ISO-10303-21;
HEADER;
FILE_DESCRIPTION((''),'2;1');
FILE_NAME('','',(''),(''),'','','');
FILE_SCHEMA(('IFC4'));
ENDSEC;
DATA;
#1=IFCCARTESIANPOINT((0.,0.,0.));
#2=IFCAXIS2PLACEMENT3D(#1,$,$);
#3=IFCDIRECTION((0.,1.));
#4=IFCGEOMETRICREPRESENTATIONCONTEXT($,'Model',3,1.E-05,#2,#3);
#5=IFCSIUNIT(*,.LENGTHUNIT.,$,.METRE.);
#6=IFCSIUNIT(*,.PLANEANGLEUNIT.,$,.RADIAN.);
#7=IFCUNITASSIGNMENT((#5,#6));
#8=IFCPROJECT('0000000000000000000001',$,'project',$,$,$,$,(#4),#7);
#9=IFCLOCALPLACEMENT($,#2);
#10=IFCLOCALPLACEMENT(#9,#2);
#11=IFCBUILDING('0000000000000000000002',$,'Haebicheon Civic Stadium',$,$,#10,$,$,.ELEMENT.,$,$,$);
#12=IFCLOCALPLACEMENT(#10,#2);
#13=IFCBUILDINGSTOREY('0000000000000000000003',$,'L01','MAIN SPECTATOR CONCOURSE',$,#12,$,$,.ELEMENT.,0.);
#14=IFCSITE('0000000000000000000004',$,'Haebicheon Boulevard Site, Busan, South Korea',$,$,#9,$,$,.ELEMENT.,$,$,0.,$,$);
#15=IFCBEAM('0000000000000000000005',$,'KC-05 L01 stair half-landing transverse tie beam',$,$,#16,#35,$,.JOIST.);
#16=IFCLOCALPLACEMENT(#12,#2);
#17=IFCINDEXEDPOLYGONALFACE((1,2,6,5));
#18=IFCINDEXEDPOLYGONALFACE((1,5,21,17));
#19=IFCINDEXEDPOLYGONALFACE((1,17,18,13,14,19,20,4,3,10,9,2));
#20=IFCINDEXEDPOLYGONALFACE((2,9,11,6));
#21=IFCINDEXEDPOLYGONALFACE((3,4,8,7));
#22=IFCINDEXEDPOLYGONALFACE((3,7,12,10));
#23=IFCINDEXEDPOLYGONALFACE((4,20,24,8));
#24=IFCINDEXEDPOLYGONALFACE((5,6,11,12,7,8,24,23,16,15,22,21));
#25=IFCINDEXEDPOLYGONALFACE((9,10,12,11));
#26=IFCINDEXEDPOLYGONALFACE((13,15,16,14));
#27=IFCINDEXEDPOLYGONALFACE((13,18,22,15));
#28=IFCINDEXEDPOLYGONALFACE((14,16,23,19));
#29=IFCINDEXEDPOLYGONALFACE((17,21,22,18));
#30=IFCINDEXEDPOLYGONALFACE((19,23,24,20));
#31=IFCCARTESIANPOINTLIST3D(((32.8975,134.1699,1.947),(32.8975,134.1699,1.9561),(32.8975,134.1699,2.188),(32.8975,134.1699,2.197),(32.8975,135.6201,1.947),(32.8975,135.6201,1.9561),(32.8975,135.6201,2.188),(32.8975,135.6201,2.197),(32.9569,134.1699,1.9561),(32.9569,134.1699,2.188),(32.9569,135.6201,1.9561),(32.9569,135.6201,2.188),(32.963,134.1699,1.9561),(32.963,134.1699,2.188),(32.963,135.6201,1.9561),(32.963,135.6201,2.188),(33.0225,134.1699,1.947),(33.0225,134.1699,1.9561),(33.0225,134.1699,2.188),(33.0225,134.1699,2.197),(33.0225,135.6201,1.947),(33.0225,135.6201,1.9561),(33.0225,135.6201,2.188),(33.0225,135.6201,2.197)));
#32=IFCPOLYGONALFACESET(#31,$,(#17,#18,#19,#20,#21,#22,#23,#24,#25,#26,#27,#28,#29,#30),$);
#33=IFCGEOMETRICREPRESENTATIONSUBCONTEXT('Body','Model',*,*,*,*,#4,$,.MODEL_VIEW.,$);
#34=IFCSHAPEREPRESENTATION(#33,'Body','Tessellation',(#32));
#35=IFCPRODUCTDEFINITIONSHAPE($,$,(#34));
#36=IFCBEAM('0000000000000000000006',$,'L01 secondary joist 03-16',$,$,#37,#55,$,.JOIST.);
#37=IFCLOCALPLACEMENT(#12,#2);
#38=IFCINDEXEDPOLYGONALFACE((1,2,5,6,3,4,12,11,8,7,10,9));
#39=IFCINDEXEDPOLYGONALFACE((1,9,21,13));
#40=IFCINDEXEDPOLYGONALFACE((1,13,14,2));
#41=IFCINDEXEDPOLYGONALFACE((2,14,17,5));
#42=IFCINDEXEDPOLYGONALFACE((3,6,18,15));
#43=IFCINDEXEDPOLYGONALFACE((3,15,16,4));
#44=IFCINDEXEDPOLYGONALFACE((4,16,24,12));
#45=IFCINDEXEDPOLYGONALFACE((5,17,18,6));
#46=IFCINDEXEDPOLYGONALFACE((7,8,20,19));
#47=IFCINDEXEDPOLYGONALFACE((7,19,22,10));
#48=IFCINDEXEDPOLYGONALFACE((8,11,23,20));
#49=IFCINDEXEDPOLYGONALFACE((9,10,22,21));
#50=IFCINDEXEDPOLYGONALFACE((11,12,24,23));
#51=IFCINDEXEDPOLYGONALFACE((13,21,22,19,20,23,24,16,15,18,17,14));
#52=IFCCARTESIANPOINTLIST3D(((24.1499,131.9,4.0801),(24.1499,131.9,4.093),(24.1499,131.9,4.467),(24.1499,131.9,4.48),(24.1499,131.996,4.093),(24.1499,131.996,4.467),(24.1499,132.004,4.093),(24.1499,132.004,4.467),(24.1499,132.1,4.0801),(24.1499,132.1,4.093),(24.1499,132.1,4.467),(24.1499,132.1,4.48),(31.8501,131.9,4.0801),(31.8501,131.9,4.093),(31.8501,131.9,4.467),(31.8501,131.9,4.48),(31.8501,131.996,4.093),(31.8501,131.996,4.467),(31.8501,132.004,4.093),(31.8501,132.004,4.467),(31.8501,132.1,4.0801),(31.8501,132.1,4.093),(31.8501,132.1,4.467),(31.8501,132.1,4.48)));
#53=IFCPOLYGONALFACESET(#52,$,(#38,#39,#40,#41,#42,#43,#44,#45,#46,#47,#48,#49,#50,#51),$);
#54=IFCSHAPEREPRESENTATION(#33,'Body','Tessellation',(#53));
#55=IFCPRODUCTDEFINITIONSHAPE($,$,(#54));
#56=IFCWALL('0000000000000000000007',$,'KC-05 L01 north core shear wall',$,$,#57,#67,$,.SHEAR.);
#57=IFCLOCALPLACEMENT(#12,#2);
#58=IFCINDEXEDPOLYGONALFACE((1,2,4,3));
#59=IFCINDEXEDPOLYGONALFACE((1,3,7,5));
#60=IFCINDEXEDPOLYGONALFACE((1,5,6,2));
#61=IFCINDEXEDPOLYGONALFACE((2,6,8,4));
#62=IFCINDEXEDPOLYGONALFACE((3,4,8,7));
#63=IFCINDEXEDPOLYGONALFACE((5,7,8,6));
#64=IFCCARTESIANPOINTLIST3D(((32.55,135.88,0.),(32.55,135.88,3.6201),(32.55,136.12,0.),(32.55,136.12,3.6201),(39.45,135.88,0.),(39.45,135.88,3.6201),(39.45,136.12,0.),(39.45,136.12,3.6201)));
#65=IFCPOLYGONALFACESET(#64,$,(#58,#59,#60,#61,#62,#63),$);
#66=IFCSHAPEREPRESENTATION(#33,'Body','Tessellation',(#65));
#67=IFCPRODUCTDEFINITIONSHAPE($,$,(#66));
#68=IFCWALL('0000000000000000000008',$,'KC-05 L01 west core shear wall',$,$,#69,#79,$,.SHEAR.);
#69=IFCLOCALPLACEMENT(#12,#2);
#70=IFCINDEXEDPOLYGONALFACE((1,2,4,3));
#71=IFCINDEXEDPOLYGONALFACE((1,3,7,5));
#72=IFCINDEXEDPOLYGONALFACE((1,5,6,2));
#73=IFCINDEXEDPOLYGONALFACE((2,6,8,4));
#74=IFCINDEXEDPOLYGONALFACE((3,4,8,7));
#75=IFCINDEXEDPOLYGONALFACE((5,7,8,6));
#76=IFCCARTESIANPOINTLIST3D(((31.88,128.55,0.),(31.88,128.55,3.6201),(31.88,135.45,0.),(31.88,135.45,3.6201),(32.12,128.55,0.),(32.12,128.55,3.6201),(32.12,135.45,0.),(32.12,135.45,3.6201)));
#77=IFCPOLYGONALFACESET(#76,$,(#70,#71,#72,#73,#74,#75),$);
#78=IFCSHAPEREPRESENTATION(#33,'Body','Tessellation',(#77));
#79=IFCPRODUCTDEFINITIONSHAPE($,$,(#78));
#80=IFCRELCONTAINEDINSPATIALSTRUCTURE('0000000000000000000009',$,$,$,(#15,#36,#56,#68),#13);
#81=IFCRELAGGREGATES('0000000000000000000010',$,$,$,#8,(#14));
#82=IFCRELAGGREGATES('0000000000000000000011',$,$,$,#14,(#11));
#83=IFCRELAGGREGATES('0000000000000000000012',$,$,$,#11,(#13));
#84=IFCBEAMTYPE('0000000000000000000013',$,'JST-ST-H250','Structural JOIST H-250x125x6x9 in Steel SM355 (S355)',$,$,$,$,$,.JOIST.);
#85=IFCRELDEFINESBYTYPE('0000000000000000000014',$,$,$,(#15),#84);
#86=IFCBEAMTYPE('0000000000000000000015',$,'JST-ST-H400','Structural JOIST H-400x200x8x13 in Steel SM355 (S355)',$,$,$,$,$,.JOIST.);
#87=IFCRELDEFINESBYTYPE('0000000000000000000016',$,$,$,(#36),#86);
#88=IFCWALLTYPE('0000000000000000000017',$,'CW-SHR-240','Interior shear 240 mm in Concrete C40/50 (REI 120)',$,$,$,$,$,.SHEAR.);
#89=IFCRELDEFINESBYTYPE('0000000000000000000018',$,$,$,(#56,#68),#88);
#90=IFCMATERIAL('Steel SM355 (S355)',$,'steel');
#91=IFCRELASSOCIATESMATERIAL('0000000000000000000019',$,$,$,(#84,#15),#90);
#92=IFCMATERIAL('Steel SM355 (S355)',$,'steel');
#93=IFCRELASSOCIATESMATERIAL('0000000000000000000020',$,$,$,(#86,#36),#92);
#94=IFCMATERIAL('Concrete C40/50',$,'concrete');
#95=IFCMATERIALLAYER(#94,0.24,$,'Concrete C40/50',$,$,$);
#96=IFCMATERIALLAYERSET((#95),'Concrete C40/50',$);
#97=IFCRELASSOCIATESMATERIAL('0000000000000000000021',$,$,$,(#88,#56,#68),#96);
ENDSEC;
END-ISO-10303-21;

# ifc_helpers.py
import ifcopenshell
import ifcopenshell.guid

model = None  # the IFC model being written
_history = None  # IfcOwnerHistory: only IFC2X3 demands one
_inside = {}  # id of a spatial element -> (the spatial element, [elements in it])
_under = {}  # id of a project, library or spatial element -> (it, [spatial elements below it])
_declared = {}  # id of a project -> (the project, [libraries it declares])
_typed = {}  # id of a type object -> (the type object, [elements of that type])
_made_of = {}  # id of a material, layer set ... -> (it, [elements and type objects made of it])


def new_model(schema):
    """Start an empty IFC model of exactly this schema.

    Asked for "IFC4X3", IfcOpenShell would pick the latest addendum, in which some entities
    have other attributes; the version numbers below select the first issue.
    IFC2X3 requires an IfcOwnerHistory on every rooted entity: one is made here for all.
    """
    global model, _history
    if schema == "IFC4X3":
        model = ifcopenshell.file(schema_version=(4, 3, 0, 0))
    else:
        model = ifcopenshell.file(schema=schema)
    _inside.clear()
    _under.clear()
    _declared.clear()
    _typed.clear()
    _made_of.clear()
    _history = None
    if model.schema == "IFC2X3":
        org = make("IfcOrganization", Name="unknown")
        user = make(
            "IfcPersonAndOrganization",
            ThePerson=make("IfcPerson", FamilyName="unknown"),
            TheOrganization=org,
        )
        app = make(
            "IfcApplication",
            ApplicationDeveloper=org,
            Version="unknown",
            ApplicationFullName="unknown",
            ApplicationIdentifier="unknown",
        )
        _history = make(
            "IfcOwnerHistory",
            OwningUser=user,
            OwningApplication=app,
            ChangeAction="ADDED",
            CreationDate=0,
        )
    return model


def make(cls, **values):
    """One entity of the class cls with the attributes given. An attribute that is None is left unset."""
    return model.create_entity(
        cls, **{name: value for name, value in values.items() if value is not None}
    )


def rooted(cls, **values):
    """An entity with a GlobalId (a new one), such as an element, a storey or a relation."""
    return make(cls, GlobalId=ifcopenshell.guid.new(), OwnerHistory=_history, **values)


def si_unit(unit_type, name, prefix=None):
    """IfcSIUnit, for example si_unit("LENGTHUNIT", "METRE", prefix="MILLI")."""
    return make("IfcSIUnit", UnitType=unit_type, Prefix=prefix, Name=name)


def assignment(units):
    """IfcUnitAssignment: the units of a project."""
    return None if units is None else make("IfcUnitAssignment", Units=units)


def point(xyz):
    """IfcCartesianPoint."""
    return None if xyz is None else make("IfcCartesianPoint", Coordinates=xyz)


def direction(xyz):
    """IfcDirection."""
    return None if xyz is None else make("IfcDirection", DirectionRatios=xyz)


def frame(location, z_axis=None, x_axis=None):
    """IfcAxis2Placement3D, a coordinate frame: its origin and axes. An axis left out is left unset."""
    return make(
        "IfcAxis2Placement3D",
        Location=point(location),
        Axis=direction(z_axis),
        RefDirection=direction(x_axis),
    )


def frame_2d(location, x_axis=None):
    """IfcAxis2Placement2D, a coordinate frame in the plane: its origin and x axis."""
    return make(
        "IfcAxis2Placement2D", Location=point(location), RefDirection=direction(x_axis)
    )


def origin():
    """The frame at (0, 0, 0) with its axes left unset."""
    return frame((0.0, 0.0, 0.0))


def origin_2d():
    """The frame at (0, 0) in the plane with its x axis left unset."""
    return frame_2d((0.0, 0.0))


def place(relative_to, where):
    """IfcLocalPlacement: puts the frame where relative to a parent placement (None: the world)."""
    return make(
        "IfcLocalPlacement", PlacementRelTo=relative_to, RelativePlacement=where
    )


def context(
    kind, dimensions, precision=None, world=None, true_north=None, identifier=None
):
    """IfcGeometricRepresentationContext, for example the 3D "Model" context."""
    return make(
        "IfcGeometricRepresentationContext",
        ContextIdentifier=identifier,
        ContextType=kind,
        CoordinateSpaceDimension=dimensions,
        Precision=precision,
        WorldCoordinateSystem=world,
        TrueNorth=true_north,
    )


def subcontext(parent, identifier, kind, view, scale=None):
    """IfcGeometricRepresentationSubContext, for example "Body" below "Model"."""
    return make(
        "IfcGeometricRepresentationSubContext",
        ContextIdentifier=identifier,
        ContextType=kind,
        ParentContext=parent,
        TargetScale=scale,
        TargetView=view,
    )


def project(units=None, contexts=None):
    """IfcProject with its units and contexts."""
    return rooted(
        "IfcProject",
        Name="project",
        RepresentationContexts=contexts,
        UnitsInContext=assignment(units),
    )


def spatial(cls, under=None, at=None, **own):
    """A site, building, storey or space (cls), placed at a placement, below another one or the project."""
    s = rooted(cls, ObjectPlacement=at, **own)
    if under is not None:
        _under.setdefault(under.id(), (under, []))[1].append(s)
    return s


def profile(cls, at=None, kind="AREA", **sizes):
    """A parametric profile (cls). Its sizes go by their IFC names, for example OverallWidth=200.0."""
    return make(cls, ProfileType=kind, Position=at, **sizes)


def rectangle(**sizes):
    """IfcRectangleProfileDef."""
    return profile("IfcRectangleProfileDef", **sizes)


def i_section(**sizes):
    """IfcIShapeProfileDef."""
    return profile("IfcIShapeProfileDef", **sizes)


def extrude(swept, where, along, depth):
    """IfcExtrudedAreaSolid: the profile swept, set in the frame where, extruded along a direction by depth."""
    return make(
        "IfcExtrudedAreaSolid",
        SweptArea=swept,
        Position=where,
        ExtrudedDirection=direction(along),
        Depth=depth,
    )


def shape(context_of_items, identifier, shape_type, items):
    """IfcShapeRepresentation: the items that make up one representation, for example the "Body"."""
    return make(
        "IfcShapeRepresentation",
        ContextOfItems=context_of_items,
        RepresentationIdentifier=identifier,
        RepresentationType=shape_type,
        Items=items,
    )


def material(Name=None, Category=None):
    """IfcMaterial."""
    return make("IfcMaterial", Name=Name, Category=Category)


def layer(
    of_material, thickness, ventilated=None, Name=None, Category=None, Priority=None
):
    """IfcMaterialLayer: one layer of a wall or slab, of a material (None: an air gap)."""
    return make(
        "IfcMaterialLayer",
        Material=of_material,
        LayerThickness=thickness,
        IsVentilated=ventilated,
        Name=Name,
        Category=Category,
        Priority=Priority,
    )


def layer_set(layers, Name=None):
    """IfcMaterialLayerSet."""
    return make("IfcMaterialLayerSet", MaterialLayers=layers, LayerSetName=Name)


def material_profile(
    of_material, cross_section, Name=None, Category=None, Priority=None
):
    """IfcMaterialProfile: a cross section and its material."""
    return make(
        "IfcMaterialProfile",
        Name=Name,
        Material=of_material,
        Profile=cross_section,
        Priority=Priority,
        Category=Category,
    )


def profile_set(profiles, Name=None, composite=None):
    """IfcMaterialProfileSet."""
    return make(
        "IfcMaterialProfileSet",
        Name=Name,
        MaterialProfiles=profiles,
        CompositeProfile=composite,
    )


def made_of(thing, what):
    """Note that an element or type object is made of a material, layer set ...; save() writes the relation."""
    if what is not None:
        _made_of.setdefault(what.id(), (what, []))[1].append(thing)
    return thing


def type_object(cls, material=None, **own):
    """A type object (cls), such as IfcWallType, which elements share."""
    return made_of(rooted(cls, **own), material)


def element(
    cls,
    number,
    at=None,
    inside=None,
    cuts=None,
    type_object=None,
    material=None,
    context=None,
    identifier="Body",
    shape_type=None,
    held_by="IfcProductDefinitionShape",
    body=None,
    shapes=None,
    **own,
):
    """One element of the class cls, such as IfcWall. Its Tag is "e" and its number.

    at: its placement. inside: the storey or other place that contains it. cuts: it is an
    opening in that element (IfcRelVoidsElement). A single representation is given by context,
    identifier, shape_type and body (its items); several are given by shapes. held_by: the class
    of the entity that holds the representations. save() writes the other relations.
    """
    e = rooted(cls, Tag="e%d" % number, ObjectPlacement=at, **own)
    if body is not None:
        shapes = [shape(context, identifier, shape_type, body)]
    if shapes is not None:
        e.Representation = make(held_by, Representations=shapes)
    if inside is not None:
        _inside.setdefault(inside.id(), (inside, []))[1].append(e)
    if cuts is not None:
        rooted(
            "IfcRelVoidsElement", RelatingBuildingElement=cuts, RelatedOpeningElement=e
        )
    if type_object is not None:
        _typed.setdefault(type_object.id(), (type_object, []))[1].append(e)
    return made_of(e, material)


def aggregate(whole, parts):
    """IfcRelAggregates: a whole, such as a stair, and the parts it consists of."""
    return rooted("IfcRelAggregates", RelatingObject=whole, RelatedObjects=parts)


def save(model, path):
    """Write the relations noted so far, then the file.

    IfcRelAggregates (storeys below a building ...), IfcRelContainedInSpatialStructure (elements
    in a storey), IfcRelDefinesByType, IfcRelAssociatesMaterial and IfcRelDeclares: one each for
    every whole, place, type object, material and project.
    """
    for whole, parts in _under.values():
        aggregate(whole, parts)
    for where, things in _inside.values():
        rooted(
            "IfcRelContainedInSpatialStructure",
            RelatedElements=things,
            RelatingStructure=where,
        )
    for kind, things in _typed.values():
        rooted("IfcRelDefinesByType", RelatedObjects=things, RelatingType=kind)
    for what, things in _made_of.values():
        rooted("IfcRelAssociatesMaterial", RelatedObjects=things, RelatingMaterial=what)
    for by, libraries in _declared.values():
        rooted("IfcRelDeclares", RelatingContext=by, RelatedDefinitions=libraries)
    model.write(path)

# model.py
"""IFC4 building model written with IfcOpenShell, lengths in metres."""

from ifc_helpers import new_model, si_unit, direction, frame, frame_2d, origin, origin_2d, place, context, subcontext, project, spatial, rectangle, i_section, extrude, material, layer, layer_set, material_profile, profile_set, type_object, element, save


model = new_model("IFC4")

# Units and contexts
model_context = context("Model", 3, precision=1e-05, world=origin(), true_north=direction((0.0, 1.0)))
body_context = subcontext(model_context, "Body", "Model", "MODEL_VIEW")
ifc_project = project(units=[si_unit("LENGTHUNIT", "METRE"), si_unit("PLANEANGLEUNIT", "RADIAN")], contexts=[model_context])

# Site, building, storey
site_placement = place(None, origin())
site = spatial("IfcSite", under=ifc_project, at=site_placement, Name="Haebicheon Boulevard Site, Busan, South Korea", CompositionType="ELEMENT", RefElevation=0.0)
building_placement = place(site_placement, origin())
building = spatial("IfcBuilding", under=site, at=building_placement, Name="Haebicheon Civic Stadium", CompositionType="ELEMENT")
storey_placement = place(building_placement, origin())
storey = spatial("IfcBuildingStorey", under=building, at=storey_placement, Name="L01", Description="MAIN SPECTATOR CONCOURSE", CompositionType="ELEMENT", Elevation=0.0)

# Beams
ifc_material_1 = material(Name="Steel SM355 (S355)", Category="steel")
ifc_material_profile_1 = material_profile(ifc_material_1, i_section(OverallWidth=0.125, OverallDepth=0.25, WebThickness=0.0061, FlangeThickness=0.009, at=origin_2d()), Name="H-250x125x6x9")
ifc_profile_set_1 = profile_set([ifc_material_profile_1], Name="Steel SM355 (S355)")
beam_type_1 = type_object("IfcBeamType", Name="JST-ST-H250", Description="Structural JOIST H-250x125x6x9 in Steel SM355 (S355)", PredefinedType="JOIST", material=ifc_profile_set_1)
beam_1_placement = place(storey_placement, frame((32.96, 134.1699, 2.072), z_axis=(0.0, 1.0, 0.0), x_axis=(-1.0, 0.0, 0.0)))
element("IfcBeam", 1, at=beam_1_placement, inside=storey, type_object=beam_type_1, material=ifc_profile_set_1, Name="KC-05 L01 stair half-landing transverse tie beam", PredefinedType="JOIST", context=body_context, shape_type="SweptSolid", body=[
    extrude(i_section(OverallWidth=0.125, OverallDepth=0.25, WebThickness=0.0061, FlangeThickness=0.009, at=origin_2d()), origin(), (0.0, 0.0, 1.0), 1.4502),
])
ifc_material_2 = material(Name="Steel SM355 (S355)", Category="steel")
ifc_material_profile_2 = material_profile(ifc_material_2, i_section(OverallWidth=0.2, OverallDepth=0.3999, WebThickness=0.0081, FlangeThickness=0.0129, at=origin_2d()), Name="H-400x200x8x13")
ifc_profile_set_2 = profile_set([ifc_material_profile_2], Name="Steel SM355 (S355)")
beam_type_2 = type_object("IfcBeamType", Name="JST-ST-H400", Description="Structural JOIST H-400x200x8x13 in Steel SM355 (S355)", PredefinedType="JOIST", material=ifc_profile_set_2)
beam_2_placement = place(storey_placement, frame((24.1499, 132.0, 4.28), z_axis=(1.0, 0.0, 0.0), x_axis=(0.0, 1.0, 0.0)))
element("IfcBeam", 2, at=beam_2_placement, inside=storey, type_object=beam_type_2, material=ifc_profile_set_2, Name="L01 secondary joist 03-16", PredefinedType="JOIST", context=body_context, shape_type="SweptSolid", body=[
    extrude(i_section(OverallWidth=0.2, OverallDepth=0.3999, WebThickness=0.0081, FlangeThickness=0.0129, at=origin_2d()), origin(), (0.0, 0.0, 1.0), 7.7002),
])

# Walls
ifc_material_3 = material(Name="Concrete C40/50", Category="concrete")
ifc_layer_1 = layer(ifc_material_3, 0.24, Name="Concrete C40/50")
ifc_layer_set_1 = layer_set([ifc_layer_1], Name="Concrete C40/50")
wall_type = type_object("IfcWallType", Name="CW-SHR-240", Description="Interior shear 240 mm in Concrete C40/50 (REI 120)", PredefinedType="SHEAR", material=ifc_layer_set_1)
for number, where, z_axis, x_axis, name in (
    (3, (32.55, 136.0, 0.0), (0.0, 0.0, 1.0), (1.0, 0.0, 0.0), "KC-05 L01 north core shear wall"),
    (4, (32.0, 128.55, 0.0), (0.0, 0.0, 1.0), (0.0, 1.0, 0.0), "KC-05 L01 west core shear wall"),
):
    element("IfcWall", number, at=place(storey_placement, frame(where, z_axis=z_axis, x_axis=x_axis)), inside=storey, type_object=wall_type, material=ifc_layer_set_1, Name=name, PredefinedType="SHEAR", context=body_context, shape_type="SweptSolid", body=[
        extrude(rectangle(XDim=6.8999, YDim=0.24, at=frame_2d((3.45, 0.0))), origin(), (0.0, 0.0, 1.0), 3.6201),
    ])

save(model, "model.ifc")
